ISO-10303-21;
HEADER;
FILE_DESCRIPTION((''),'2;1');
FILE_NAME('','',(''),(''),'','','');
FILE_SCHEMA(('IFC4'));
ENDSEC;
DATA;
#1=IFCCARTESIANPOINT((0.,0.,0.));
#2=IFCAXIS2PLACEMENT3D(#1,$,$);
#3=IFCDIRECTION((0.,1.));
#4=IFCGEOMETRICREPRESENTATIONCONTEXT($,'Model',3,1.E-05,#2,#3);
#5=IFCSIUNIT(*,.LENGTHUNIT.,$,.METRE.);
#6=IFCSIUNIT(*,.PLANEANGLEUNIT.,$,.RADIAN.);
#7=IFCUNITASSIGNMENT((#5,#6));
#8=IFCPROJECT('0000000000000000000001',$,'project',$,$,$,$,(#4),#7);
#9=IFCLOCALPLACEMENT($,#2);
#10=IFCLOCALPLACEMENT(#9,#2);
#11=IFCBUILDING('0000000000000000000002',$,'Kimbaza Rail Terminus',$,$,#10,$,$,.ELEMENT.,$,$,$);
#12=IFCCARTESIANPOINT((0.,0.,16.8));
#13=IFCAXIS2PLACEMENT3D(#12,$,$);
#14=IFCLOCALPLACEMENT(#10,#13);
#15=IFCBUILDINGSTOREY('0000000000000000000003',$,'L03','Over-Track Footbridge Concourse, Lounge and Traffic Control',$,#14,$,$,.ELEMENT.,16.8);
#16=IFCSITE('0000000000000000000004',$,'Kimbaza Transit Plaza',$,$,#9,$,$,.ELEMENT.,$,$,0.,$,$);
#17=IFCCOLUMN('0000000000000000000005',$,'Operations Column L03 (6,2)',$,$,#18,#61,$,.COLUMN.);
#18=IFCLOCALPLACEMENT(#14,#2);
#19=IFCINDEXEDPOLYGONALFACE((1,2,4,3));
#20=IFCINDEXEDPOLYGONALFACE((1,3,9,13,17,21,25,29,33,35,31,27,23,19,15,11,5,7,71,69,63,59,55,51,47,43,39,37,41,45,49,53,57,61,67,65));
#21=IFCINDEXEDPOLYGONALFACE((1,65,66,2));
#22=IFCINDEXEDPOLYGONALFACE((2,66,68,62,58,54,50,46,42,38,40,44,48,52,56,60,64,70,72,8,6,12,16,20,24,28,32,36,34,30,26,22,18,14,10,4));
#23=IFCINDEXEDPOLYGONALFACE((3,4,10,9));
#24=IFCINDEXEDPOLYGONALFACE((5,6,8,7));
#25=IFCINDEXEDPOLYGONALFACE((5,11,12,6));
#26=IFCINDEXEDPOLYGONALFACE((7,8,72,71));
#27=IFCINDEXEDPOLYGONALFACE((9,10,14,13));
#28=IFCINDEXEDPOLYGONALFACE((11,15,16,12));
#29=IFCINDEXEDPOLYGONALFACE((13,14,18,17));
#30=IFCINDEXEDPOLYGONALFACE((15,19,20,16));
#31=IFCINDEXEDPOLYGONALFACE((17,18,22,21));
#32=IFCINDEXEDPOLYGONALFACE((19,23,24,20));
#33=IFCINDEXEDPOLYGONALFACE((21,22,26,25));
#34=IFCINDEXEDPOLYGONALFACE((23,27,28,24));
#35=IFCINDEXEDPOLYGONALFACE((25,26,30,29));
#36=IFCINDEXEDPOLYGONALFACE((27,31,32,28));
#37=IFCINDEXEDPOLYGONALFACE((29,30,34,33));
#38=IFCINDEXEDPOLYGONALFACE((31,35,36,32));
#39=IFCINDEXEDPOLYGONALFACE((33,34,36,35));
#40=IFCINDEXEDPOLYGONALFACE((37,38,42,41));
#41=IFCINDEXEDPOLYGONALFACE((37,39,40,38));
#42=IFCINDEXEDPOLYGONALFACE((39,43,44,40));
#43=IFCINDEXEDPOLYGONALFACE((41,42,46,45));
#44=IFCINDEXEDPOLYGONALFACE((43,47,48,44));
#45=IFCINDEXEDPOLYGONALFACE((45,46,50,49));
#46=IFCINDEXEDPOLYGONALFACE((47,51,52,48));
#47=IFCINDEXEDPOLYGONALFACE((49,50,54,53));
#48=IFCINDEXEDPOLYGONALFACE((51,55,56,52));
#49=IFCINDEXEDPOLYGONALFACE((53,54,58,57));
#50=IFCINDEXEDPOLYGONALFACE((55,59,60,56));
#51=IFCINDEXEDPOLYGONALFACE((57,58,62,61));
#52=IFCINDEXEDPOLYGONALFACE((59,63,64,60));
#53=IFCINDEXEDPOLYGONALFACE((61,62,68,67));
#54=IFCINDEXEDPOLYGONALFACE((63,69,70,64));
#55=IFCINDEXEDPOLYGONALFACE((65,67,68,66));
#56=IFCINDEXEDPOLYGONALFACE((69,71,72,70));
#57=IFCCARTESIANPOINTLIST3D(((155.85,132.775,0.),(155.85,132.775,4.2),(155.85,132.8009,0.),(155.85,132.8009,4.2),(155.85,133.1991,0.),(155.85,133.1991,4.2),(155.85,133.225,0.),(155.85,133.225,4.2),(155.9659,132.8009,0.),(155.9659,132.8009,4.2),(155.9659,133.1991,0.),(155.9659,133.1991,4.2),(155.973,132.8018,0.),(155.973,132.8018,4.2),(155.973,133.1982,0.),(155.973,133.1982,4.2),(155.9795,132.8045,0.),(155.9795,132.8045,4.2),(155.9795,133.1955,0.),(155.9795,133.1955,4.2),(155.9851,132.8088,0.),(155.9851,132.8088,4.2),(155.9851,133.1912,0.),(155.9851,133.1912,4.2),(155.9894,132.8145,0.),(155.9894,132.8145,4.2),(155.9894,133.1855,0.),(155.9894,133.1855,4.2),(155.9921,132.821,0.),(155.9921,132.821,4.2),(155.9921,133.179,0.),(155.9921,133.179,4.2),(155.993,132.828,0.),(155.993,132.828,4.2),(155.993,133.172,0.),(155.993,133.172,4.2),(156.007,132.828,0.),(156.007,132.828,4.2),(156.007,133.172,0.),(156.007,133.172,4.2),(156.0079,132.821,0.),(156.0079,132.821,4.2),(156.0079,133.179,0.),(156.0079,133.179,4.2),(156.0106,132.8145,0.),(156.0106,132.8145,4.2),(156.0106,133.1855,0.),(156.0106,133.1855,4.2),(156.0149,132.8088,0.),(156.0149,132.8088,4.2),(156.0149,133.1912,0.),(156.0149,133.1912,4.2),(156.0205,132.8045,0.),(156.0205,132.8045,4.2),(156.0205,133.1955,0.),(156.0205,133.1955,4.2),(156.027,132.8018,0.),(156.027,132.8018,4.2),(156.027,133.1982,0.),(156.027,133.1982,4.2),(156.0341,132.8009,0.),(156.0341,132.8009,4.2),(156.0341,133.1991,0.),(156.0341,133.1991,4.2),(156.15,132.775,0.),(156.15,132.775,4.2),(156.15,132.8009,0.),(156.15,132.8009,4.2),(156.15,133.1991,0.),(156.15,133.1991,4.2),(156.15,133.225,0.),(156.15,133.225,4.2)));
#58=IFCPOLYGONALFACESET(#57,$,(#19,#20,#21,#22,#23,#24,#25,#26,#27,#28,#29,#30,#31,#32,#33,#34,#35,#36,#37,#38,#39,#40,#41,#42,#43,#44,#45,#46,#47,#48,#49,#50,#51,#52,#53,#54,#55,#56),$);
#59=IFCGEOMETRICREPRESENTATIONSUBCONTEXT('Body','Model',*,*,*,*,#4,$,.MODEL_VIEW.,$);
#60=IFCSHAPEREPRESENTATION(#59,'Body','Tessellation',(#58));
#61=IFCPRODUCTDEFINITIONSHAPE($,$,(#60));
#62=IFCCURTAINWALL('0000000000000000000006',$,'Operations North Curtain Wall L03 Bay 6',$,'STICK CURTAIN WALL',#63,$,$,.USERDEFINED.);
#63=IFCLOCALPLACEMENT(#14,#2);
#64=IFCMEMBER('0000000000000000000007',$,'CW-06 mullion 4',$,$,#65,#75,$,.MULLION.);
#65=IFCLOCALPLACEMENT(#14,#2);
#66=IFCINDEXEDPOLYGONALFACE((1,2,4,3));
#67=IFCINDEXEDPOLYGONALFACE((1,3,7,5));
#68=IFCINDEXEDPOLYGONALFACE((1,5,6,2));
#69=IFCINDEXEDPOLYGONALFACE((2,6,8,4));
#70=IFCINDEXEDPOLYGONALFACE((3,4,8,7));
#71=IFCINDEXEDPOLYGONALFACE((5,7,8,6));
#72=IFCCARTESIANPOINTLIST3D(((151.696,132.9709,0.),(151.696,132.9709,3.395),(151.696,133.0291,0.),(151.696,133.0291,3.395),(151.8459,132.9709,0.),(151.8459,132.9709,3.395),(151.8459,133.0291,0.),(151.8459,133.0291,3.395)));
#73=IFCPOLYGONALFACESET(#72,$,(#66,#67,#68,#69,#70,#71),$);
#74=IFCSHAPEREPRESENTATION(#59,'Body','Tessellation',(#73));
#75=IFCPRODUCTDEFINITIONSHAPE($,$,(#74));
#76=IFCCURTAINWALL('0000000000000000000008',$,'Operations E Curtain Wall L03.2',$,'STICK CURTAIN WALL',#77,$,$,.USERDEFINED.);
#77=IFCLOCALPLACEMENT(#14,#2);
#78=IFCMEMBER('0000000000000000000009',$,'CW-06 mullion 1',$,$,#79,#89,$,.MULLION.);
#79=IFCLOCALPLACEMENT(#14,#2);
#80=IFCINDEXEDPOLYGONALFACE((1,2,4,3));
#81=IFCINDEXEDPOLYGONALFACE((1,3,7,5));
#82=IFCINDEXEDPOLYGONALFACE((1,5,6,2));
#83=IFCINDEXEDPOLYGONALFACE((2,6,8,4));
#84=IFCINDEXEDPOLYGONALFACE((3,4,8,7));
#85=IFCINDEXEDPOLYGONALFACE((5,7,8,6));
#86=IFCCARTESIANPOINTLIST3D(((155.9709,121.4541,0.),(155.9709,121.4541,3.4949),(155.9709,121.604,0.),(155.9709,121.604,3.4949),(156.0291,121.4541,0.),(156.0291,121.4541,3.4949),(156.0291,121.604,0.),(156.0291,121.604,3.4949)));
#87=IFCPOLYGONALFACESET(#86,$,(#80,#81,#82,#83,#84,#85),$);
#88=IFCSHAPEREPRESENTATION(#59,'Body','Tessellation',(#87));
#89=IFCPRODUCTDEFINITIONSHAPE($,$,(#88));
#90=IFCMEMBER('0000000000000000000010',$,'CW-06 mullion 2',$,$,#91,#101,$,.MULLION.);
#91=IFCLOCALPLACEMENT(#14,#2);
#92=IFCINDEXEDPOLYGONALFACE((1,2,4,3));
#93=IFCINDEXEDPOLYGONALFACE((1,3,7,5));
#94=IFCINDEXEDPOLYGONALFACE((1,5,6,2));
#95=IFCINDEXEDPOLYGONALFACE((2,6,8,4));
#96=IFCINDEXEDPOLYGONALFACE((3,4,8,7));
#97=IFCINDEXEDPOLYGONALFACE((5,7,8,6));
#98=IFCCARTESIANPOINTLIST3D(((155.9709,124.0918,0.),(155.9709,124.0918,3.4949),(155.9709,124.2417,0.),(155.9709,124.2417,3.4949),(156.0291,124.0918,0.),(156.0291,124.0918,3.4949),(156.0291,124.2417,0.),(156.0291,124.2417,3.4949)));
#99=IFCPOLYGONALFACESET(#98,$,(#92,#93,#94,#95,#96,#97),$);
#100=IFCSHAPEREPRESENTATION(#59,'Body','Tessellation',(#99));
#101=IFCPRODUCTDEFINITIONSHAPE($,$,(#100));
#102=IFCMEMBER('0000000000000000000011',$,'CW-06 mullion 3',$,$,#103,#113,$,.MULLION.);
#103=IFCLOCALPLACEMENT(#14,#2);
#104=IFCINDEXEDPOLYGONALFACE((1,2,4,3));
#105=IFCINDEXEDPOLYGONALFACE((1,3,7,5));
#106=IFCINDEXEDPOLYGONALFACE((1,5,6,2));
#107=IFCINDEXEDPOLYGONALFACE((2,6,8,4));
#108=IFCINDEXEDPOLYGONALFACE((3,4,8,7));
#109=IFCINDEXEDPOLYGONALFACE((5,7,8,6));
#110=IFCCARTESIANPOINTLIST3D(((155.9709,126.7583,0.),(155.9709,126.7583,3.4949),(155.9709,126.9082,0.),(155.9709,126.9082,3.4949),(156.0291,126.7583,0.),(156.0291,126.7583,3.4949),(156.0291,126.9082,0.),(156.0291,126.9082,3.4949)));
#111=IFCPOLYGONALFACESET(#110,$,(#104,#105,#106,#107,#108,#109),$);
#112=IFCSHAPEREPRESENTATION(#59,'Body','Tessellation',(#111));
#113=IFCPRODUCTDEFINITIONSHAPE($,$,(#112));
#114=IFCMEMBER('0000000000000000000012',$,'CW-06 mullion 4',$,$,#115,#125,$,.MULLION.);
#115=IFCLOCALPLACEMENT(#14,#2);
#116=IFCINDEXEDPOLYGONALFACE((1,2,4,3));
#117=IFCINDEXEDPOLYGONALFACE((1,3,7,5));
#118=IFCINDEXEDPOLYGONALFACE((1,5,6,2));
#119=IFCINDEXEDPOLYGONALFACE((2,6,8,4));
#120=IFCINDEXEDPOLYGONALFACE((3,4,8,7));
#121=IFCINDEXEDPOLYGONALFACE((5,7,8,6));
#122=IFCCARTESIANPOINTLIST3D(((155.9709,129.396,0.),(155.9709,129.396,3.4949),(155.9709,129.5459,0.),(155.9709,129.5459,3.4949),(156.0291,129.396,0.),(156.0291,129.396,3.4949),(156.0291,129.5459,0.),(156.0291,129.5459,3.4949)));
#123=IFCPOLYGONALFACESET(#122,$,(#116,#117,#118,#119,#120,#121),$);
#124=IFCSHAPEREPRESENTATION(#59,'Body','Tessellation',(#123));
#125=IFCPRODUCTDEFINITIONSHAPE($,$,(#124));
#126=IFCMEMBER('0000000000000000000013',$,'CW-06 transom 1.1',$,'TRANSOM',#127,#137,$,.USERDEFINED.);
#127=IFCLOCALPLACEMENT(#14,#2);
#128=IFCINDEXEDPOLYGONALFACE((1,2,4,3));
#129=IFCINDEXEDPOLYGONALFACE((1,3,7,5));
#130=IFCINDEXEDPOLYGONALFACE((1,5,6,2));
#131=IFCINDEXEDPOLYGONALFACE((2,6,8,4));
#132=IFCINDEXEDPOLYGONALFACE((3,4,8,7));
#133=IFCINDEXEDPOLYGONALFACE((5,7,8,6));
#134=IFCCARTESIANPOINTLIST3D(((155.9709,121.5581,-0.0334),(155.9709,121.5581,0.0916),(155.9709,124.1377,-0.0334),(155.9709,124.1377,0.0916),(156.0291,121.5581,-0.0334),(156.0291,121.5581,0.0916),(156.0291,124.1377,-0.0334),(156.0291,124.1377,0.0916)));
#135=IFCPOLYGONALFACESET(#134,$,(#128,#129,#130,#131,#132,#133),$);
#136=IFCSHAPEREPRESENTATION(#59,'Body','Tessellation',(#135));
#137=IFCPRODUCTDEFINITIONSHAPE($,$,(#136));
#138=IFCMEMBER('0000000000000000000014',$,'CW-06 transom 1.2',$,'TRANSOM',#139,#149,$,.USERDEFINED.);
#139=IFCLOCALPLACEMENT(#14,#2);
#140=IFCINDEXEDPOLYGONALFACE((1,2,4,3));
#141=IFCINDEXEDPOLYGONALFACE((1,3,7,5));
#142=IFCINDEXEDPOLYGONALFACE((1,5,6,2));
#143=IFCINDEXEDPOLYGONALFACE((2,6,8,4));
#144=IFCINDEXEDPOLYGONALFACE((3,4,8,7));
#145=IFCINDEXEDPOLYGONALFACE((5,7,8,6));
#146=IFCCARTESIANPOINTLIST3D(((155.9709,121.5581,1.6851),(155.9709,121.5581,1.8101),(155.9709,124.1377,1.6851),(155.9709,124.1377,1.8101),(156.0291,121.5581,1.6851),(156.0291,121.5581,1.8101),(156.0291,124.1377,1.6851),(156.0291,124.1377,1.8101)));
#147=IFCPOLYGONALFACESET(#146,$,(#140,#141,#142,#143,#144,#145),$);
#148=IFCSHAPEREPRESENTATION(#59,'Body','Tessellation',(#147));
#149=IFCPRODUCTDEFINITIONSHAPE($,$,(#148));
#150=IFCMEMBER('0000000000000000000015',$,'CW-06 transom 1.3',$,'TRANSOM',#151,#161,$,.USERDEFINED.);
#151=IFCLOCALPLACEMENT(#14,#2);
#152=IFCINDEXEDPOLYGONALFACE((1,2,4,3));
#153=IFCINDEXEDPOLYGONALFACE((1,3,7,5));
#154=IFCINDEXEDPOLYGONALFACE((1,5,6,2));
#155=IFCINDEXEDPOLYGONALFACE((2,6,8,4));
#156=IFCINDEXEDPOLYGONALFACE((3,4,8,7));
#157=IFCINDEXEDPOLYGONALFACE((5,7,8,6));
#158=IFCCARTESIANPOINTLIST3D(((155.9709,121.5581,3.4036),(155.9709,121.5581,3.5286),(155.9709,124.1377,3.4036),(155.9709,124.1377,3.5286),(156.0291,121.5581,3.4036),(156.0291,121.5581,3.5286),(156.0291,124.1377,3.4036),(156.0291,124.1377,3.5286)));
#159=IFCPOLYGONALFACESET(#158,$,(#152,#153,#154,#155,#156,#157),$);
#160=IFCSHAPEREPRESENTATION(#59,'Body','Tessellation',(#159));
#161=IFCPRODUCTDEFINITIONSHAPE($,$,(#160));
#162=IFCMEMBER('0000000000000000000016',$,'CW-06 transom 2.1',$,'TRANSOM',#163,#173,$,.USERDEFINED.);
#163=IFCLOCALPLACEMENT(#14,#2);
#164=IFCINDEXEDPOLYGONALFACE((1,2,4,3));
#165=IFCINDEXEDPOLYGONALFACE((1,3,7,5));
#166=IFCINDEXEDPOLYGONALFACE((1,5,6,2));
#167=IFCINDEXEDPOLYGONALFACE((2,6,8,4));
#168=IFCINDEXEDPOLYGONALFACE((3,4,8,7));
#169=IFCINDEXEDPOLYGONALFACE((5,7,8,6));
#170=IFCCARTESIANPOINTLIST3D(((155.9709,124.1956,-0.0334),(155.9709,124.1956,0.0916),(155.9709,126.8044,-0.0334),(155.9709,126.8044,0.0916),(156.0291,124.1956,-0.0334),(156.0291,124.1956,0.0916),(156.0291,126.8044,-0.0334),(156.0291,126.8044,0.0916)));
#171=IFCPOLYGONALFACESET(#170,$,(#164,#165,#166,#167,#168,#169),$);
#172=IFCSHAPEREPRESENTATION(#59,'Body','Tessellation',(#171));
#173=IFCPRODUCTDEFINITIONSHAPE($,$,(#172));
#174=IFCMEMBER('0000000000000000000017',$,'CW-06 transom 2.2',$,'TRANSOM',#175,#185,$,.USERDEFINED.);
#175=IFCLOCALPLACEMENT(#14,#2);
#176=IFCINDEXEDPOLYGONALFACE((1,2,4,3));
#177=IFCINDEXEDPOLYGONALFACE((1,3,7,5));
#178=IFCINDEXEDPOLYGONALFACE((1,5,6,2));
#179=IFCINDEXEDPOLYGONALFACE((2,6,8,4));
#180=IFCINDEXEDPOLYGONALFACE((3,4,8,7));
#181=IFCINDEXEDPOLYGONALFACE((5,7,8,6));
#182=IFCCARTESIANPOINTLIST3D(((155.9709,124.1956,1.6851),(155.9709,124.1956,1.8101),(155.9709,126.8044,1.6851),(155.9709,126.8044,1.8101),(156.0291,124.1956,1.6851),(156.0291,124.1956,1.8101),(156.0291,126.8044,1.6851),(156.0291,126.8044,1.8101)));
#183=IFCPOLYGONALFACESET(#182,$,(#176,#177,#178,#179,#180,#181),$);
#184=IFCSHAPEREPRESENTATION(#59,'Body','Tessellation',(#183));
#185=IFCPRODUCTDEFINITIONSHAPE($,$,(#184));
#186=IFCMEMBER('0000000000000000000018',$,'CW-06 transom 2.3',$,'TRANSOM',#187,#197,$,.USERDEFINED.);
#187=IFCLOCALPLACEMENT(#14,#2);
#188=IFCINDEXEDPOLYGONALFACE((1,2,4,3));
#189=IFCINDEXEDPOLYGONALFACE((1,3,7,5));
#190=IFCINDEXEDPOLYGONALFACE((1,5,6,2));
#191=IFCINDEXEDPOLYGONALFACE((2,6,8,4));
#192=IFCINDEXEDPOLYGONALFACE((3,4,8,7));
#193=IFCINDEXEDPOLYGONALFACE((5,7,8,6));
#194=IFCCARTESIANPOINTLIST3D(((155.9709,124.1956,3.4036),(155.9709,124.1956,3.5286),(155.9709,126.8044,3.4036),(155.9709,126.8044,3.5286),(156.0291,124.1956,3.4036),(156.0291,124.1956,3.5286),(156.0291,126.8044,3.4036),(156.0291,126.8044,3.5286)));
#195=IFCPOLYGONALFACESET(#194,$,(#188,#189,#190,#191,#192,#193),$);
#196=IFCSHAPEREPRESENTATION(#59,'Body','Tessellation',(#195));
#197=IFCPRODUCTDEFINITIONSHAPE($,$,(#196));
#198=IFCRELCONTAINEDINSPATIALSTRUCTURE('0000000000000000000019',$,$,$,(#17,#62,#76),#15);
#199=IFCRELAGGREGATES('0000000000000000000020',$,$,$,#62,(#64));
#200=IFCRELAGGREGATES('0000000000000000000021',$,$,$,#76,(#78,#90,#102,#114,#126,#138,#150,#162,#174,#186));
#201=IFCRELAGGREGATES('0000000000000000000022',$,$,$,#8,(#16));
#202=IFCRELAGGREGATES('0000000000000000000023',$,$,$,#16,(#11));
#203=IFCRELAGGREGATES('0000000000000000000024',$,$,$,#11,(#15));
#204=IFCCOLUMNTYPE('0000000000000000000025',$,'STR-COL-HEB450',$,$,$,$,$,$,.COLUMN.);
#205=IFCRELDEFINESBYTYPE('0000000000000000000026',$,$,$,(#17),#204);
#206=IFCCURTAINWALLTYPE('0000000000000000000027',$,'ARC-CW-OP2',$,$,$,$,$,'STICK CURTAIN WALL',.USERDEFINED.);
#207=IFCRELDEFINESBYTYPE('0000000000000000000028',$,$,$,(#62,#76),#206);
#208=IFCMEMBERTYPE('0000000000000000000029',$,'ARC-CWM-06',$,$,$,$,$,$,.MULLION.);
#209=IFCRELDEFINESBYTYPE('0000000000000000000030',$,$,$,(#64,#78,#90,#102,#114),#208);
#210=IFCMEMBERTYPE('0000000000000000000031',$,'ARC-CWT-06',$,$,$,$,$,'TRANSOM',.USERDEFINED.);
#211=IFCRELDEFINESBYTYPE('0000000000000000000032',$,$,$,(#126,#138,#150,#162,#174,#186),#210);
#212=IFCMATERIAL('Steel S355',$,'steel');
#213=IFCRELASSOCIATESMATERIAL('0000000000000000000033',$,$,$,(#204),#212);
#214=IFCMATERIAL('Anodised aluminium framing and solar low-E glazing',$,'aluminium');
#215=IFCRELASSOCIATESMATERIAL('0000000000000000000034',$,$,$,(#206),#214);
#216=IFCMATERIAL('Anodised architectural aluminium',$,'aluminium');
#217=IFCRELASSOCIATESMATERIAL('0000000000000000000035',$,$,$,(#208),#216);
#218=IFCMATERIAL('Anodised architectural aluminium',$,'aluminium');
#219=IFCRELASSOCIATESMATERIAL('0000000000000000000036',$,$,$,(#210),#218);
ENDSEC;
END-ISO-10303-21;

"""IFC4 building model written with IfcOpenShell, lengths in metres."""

from ifc_helpers import new_model, si_unit, direction, frame, origin, origin_2d, place, context, subcontext, project, spatial, rectangle, i_section, extrude, material, material_profile, profile_set, type_object, element, aggregate, save


model = new_model("IFC4")

# Units and contexts
model_context = context("Model", 3, precision=1e-05, world=origin(), true_north=direction((0.0, 1.0)))
body_context = subcontext(model_context, "Body", "Model", "MODEL_VIEW")
ifc_project = project(units=[si_unit("LENGTHUNIT", "METRE"), si_unit("PLANEANGLEUNIT", "RADIAN")], contexts=[model_context])

# Site, building, storey
site_placement = place(None, origin())
site = spatial("IfcSite", under=ifc_project, at=site_placement, Name="Kimbaza Transit Plaza", CompositionType="ELEMENT", RefElevation=0.0)
building_placement = place(site_placement, origin())
building = spatial("IfcBuilding", under=site, at=building_placement, Name="Kimbaza Rail Terminus", CompositionType="ELEMENT")
storey_placement = place(building_placement, frame((0.0, 0.0, 16.8)))
storey = spatial("IfcBuildingStorey", under=building, at=storey_placement, Name="L03", Description="Over-Track Footbridge Concourse, Lounge and Traffic Control", CompositionType="ELEMENT", Elevation=16.8)

# Column
ifc_material_1 = material(Name="Steel S355", Category="steel")
ifc_material_profile_1 = material_profile(ifc_material_1, i_section(OverallWidth=0.3, OverallDepth=0.45, WebThickness=0.0139, FlangeThickness=0.0259, FilletRadius=0.0271, at=origin_2d()), Name="HEB 450")
ifc_profile_set_1 = profile_set([ifc_material_profile_1], Name="Steel S355")
column_type = type_object("IfcColumnType", Name="STR-COL-HEB450", PredefinedType="COLUMN", material=ifc_profile_set_1)
column_placement = place(storey_placement, frame((156.0, 133.0, 0.0), z_axis=(0.0, 0.0, 1.0), x_axis=(1.0, 0.0, 0.0)))
element("IfcColumn", 1, at=column_placement, inside=storey, type_object=column_type, Name="Operations Column L03 (6,2)", PredefinedType="COLUMN", context=body_context, shape_type="SweptSolid", body=[
    extrude(i_section(OverallWidth=0.3, OverallDepth=0.45, WebThickness=0.0139, FlangeThickness=0.0259, FilletRadius=0.0271, at=origin_2d()), origin(), (0.0, 0.0, 1.0), 4.2),
])

# Curtain wall, member
ifc_material_2 = material(Name="Anodised aluminium framing and solar low-E glazing", Category="aluminium")
curtain_wall_type = type_object("IfcCurtainWallType", Name="ARC-CW-OP2", ElementType="STICK CURTAIN WALL", PredefinedType="USERDEFINED", material=ifc_material_2)
curtain_wall_1_placement = place(storey_placement, origin())
curtain_wall_1 = element("IfcCurtainWall", 2, at=curtain_wall_1_placement, inside=storey, type_object=curtain_wall_type, Name="Operations North Curtain Wall L03 Bay 6", ObjectType="STICK CURTAIN WALL", PredefinedType="USERDEFINED")
ifc_material_3 = material(Name="Anodised architectural aluminium", Category="aluminium")
ifc_material_profile_2 = material_profile(ifc_material_3, rectangle(XDim=0.0581, YDim=0.1499, at=origin_2d()), Name="MULLION 58x150")
ifc_profile_set_2 = profile_set([ifc_material_profile_2], Name="Anodised architectural aluminium")
member_type_1 = type_object("IfcMemberType", Name="ARC-CWM-06", PredefinedType="MULLION", material=ifc_profile_set_2)
member_1_placement = place(storey_placement, frame((151.771, 133.0, 0.0), z_axis=(0.0, 0.0, 1.0), x_axis=(0.0, 1.0, 0.0)))
member_1 = element("IfcMember", 3, at=member_1_placement, type_object=member_type_1, Name="CW-06 mullion 4", PredefinedType="MULLION", context=body_context, shape_type="SweptSolid", body=[
    extrude(rectangle(XDim=0.0581, YDim=0.1499, at=origin_2d()), origin(), (0.0, 0.0, 1.0), 3.395),
])
aggregate(curtain_wall_1, [member_1])

# Curtain wall, members
curtain_wall_2_placement = place(storey_placement, origin())
curtain_wall_2 = element("IfcCurtainWall", 4, at=curtain_wall_2_placement, inside=storey, type_object=curtain_wall_type, Name="Operations E Curtain Wall L03.2", ObjectType="STICK CURTAIN WALL", PredefinedType="USERDEFINED")
member_2_placement = place(storey_placement, frame((156.0, 121.5291, 0.0), z_axis=(0.0, 0.0, 1.0), x_axis=(-1.0, 0.0, 0.0)))
member_2 = element("IfcMember", 5, at=member_2_placement, type_object=member_type_1, Name="CW-06 mullion 1", PredefinedType="MULLION", context=body_context, shape_type="SweptSolid", body=[
    extrude(rectangle(XDim=0.0581, YDim=0.1499, at=origin_2d()), origin(), (0.0, 0.0, 1.0), 3.4949),
])
member_3_placement = place(storey_placement, frame((156.0, 124.1667, 0.0), z_axis=(0.0, 0.0, 1.0), x_axis=(-1.0, 0.0, 0.0)))
member_3 = element("IfcMember", 6, at=member_3_placement, type_object=member_type_1, Name="CW-06 mullion 2", PredefinedType="MULLION", context=body_context, shape_type="SweptSolid", body=[
    extrude(rectangle(XDim=0.0581, YDim=0.1499, at=origin_2d()), origin(), (0.0, 0.0, 1.0), 3.4949),
])
member_4_placement = place(storey_placement, frame((156.0, 126.8333, 0.0), z_axis=(0.0, 0.0, 1.0), x_axis=(-1.0, 0.0, 0.0)))
member_4 = element("IfcMember", 7, at=member_4_placement, type_object=member_type_1, Name="CW-06 mullion 3", PredefinedType="MULLION", context=body_context, shape_type="SweptSolid", body=[
    extrude(rectangle(XDim=0.0581, YDim=0.1499, at=origin_2d()), origin(), (0.0, 0.0, 1.0), 3.4949),
])
member_5_placement = place(storey_placement, frame((156.0, 129.4709, 0.0), z_axis=(0.0, 0.0, 1.0), x_axis=(-1.0, 0.0, 0.0)))
member_5 = element("IfcMember", 8, at=member_5_placement, type_object=member_type_1, Name="CW-06 mullion 4", PredefinedType="MULLION", context=body_context, shape_type="SweptSolid", body=[
    extrude(rectangle(XDim=0.0581, YDim=0.1499, at=origin_2d()), origin(), (0.0, 0.0, 1.0), 3.4949),
])
ifc_material_4 = material(Name="Anodised architectural aluminium", Category="aluminium")
ifc_material_profile_3 = material_profile(ifc_material_4, rectangle(XDim=0.0581, YDim=0.125, at=origin_2d()), Name="TRANSOM 58x125")
ifc_profile_set_3 = profile_set([ifc_material_profile_3], Name="Anodised architectural aluminium")
member_type_2 = type_object("IfcMemberType", Name="ARC-CWT-06", ElementType="TRANSOM", PredefinedType="USERDEFINED", material=ifc_profile_set_3)
member_6_placement = place(storey_placement, frame((156.0, 121.5581, 0.0291), z_axis=(0.0, 1.0, 0.0), x_axis=(-1.0, 0.0, 0.0)))
member_6 = element("IfcMember", 9, at=member_6_placement, type_object=member_type_2, Name="CW-06 transom 1.1", ObjectType="TRANSOM", PredefinedType="USERDEFINED", context=body_context, shape_type="SweptSolid", body=[
    extrude(rectangle(XDim=0.0581, YDim=0.125, at=origin_2d()), origin(), (0.0, 0.0, 1.0), 2.5796),
])
member_7_placement = place(storey_placement, frame((156.0, 121.5581, 1.7476), z_axis=(0.0, 1.0, 0.0), x_axis=(-1.0, 0.0, 0.0)))
member_7 = element("IfcMember", 10, at=member_7_placement, type_object=member_type_2, Name="CW-06 transom 1.2", ObjectType="TRANSOM", PredefinedType="USERDEFINED", context=body_context, shape_type="SweptSolid", body=[
    extrude(rectangle(XDim=0.0581, YDim=0.125, at=origin_2d()), origin(), (0.0, 0.0, 1.0), 2.5796),
])
member_8_placement = place(storey_placement, frame((156.0, 121.5581, 3.4661), z_axis=(0.0, 1.0, 0.0), x_axis=(-1.0, 0.0, 0.0)))
member_8 = element("IfcMember", 11, at=member_8_placement, type_object=member_type_2, Name="CW-06 transom 1.3", ObjectType="TRANSOM", PredefinedType="USERDEFINED", context=body_context, shape_type="SweptSolid", body=[
    extrude(rectangle(XDim=0.0581, YDim=0.125, at=origin_2d()), origin(), (0.0, 0.0, 1.0), 2.5796),
])
member_9_placement = place(storey_placement, frame((156.0, 124.1956, 0.0291), z_axis=(0.0, 1.0, 0.0), x_axis=(-1.0, 0.0, 0.0)))
member_9 = element("IfcMember", 12, at=member_9_placement, type_object=member_type_2, Name="CW-06 transom 2.1", ObjectType="TRANSOM", PredefinedType="USERDEFINED", context=body_context, shape_type="SweptSolid", body=[
    extrude(rectangle(XDim=0.0581, YDim=0.125, at=origin_2d()), origin(), (0.0, 0.0, 1.0), 2.6089),
])
member_10_placement = place(storey_placement, frame((156.0, 124.1956, 1.7476), z_axis=(0.0, 1.0, 0.0), x_axis=(-1.0, 0.0, 0.0)))
member_10 = element("IfcMember", 13, at=member_10_placement, type_object=member_type_2, Name="CW-06 transom 2.2", ObjectType="TRANSOM", PredefinedType="USERDEFINED", context=body_context, shape_type="SweptSolid", body=[
    extrude(rectangle(XDim=0.0581, YDim=0.125, at=origin_2d()), origin(), (0.0, 0.0, 1.0), 2.6089),
])
member_11_placement = place(storey_placement, frame((156.0, 124.1956, 3.4661), z_axis=(0.0, 1.0, 0.0), x_axis=(-1.0, 0.0, 0.0)))
member_11 = element("IfcMember", 14, at=member_11_placement, type_object=member_type_2, Name="CW-06 transom 2.3", ObjectType="TRANSOM", PredefinedType="USERDEFINED", context=body_context, shape_type="SweptSolid", body=[
    extrude(rectangle(XDim=0.0581, YDim=0.125, at=origin_2d()), origin(), (0.0, 0.0, 1.0), 2.6089),
])

aggregate(curtain_wall_2, [member_2, member_3, member_4, member_5, member_6, member_7, member_8, member_9, member_10, member_11])

save(model, "model.ifc")
